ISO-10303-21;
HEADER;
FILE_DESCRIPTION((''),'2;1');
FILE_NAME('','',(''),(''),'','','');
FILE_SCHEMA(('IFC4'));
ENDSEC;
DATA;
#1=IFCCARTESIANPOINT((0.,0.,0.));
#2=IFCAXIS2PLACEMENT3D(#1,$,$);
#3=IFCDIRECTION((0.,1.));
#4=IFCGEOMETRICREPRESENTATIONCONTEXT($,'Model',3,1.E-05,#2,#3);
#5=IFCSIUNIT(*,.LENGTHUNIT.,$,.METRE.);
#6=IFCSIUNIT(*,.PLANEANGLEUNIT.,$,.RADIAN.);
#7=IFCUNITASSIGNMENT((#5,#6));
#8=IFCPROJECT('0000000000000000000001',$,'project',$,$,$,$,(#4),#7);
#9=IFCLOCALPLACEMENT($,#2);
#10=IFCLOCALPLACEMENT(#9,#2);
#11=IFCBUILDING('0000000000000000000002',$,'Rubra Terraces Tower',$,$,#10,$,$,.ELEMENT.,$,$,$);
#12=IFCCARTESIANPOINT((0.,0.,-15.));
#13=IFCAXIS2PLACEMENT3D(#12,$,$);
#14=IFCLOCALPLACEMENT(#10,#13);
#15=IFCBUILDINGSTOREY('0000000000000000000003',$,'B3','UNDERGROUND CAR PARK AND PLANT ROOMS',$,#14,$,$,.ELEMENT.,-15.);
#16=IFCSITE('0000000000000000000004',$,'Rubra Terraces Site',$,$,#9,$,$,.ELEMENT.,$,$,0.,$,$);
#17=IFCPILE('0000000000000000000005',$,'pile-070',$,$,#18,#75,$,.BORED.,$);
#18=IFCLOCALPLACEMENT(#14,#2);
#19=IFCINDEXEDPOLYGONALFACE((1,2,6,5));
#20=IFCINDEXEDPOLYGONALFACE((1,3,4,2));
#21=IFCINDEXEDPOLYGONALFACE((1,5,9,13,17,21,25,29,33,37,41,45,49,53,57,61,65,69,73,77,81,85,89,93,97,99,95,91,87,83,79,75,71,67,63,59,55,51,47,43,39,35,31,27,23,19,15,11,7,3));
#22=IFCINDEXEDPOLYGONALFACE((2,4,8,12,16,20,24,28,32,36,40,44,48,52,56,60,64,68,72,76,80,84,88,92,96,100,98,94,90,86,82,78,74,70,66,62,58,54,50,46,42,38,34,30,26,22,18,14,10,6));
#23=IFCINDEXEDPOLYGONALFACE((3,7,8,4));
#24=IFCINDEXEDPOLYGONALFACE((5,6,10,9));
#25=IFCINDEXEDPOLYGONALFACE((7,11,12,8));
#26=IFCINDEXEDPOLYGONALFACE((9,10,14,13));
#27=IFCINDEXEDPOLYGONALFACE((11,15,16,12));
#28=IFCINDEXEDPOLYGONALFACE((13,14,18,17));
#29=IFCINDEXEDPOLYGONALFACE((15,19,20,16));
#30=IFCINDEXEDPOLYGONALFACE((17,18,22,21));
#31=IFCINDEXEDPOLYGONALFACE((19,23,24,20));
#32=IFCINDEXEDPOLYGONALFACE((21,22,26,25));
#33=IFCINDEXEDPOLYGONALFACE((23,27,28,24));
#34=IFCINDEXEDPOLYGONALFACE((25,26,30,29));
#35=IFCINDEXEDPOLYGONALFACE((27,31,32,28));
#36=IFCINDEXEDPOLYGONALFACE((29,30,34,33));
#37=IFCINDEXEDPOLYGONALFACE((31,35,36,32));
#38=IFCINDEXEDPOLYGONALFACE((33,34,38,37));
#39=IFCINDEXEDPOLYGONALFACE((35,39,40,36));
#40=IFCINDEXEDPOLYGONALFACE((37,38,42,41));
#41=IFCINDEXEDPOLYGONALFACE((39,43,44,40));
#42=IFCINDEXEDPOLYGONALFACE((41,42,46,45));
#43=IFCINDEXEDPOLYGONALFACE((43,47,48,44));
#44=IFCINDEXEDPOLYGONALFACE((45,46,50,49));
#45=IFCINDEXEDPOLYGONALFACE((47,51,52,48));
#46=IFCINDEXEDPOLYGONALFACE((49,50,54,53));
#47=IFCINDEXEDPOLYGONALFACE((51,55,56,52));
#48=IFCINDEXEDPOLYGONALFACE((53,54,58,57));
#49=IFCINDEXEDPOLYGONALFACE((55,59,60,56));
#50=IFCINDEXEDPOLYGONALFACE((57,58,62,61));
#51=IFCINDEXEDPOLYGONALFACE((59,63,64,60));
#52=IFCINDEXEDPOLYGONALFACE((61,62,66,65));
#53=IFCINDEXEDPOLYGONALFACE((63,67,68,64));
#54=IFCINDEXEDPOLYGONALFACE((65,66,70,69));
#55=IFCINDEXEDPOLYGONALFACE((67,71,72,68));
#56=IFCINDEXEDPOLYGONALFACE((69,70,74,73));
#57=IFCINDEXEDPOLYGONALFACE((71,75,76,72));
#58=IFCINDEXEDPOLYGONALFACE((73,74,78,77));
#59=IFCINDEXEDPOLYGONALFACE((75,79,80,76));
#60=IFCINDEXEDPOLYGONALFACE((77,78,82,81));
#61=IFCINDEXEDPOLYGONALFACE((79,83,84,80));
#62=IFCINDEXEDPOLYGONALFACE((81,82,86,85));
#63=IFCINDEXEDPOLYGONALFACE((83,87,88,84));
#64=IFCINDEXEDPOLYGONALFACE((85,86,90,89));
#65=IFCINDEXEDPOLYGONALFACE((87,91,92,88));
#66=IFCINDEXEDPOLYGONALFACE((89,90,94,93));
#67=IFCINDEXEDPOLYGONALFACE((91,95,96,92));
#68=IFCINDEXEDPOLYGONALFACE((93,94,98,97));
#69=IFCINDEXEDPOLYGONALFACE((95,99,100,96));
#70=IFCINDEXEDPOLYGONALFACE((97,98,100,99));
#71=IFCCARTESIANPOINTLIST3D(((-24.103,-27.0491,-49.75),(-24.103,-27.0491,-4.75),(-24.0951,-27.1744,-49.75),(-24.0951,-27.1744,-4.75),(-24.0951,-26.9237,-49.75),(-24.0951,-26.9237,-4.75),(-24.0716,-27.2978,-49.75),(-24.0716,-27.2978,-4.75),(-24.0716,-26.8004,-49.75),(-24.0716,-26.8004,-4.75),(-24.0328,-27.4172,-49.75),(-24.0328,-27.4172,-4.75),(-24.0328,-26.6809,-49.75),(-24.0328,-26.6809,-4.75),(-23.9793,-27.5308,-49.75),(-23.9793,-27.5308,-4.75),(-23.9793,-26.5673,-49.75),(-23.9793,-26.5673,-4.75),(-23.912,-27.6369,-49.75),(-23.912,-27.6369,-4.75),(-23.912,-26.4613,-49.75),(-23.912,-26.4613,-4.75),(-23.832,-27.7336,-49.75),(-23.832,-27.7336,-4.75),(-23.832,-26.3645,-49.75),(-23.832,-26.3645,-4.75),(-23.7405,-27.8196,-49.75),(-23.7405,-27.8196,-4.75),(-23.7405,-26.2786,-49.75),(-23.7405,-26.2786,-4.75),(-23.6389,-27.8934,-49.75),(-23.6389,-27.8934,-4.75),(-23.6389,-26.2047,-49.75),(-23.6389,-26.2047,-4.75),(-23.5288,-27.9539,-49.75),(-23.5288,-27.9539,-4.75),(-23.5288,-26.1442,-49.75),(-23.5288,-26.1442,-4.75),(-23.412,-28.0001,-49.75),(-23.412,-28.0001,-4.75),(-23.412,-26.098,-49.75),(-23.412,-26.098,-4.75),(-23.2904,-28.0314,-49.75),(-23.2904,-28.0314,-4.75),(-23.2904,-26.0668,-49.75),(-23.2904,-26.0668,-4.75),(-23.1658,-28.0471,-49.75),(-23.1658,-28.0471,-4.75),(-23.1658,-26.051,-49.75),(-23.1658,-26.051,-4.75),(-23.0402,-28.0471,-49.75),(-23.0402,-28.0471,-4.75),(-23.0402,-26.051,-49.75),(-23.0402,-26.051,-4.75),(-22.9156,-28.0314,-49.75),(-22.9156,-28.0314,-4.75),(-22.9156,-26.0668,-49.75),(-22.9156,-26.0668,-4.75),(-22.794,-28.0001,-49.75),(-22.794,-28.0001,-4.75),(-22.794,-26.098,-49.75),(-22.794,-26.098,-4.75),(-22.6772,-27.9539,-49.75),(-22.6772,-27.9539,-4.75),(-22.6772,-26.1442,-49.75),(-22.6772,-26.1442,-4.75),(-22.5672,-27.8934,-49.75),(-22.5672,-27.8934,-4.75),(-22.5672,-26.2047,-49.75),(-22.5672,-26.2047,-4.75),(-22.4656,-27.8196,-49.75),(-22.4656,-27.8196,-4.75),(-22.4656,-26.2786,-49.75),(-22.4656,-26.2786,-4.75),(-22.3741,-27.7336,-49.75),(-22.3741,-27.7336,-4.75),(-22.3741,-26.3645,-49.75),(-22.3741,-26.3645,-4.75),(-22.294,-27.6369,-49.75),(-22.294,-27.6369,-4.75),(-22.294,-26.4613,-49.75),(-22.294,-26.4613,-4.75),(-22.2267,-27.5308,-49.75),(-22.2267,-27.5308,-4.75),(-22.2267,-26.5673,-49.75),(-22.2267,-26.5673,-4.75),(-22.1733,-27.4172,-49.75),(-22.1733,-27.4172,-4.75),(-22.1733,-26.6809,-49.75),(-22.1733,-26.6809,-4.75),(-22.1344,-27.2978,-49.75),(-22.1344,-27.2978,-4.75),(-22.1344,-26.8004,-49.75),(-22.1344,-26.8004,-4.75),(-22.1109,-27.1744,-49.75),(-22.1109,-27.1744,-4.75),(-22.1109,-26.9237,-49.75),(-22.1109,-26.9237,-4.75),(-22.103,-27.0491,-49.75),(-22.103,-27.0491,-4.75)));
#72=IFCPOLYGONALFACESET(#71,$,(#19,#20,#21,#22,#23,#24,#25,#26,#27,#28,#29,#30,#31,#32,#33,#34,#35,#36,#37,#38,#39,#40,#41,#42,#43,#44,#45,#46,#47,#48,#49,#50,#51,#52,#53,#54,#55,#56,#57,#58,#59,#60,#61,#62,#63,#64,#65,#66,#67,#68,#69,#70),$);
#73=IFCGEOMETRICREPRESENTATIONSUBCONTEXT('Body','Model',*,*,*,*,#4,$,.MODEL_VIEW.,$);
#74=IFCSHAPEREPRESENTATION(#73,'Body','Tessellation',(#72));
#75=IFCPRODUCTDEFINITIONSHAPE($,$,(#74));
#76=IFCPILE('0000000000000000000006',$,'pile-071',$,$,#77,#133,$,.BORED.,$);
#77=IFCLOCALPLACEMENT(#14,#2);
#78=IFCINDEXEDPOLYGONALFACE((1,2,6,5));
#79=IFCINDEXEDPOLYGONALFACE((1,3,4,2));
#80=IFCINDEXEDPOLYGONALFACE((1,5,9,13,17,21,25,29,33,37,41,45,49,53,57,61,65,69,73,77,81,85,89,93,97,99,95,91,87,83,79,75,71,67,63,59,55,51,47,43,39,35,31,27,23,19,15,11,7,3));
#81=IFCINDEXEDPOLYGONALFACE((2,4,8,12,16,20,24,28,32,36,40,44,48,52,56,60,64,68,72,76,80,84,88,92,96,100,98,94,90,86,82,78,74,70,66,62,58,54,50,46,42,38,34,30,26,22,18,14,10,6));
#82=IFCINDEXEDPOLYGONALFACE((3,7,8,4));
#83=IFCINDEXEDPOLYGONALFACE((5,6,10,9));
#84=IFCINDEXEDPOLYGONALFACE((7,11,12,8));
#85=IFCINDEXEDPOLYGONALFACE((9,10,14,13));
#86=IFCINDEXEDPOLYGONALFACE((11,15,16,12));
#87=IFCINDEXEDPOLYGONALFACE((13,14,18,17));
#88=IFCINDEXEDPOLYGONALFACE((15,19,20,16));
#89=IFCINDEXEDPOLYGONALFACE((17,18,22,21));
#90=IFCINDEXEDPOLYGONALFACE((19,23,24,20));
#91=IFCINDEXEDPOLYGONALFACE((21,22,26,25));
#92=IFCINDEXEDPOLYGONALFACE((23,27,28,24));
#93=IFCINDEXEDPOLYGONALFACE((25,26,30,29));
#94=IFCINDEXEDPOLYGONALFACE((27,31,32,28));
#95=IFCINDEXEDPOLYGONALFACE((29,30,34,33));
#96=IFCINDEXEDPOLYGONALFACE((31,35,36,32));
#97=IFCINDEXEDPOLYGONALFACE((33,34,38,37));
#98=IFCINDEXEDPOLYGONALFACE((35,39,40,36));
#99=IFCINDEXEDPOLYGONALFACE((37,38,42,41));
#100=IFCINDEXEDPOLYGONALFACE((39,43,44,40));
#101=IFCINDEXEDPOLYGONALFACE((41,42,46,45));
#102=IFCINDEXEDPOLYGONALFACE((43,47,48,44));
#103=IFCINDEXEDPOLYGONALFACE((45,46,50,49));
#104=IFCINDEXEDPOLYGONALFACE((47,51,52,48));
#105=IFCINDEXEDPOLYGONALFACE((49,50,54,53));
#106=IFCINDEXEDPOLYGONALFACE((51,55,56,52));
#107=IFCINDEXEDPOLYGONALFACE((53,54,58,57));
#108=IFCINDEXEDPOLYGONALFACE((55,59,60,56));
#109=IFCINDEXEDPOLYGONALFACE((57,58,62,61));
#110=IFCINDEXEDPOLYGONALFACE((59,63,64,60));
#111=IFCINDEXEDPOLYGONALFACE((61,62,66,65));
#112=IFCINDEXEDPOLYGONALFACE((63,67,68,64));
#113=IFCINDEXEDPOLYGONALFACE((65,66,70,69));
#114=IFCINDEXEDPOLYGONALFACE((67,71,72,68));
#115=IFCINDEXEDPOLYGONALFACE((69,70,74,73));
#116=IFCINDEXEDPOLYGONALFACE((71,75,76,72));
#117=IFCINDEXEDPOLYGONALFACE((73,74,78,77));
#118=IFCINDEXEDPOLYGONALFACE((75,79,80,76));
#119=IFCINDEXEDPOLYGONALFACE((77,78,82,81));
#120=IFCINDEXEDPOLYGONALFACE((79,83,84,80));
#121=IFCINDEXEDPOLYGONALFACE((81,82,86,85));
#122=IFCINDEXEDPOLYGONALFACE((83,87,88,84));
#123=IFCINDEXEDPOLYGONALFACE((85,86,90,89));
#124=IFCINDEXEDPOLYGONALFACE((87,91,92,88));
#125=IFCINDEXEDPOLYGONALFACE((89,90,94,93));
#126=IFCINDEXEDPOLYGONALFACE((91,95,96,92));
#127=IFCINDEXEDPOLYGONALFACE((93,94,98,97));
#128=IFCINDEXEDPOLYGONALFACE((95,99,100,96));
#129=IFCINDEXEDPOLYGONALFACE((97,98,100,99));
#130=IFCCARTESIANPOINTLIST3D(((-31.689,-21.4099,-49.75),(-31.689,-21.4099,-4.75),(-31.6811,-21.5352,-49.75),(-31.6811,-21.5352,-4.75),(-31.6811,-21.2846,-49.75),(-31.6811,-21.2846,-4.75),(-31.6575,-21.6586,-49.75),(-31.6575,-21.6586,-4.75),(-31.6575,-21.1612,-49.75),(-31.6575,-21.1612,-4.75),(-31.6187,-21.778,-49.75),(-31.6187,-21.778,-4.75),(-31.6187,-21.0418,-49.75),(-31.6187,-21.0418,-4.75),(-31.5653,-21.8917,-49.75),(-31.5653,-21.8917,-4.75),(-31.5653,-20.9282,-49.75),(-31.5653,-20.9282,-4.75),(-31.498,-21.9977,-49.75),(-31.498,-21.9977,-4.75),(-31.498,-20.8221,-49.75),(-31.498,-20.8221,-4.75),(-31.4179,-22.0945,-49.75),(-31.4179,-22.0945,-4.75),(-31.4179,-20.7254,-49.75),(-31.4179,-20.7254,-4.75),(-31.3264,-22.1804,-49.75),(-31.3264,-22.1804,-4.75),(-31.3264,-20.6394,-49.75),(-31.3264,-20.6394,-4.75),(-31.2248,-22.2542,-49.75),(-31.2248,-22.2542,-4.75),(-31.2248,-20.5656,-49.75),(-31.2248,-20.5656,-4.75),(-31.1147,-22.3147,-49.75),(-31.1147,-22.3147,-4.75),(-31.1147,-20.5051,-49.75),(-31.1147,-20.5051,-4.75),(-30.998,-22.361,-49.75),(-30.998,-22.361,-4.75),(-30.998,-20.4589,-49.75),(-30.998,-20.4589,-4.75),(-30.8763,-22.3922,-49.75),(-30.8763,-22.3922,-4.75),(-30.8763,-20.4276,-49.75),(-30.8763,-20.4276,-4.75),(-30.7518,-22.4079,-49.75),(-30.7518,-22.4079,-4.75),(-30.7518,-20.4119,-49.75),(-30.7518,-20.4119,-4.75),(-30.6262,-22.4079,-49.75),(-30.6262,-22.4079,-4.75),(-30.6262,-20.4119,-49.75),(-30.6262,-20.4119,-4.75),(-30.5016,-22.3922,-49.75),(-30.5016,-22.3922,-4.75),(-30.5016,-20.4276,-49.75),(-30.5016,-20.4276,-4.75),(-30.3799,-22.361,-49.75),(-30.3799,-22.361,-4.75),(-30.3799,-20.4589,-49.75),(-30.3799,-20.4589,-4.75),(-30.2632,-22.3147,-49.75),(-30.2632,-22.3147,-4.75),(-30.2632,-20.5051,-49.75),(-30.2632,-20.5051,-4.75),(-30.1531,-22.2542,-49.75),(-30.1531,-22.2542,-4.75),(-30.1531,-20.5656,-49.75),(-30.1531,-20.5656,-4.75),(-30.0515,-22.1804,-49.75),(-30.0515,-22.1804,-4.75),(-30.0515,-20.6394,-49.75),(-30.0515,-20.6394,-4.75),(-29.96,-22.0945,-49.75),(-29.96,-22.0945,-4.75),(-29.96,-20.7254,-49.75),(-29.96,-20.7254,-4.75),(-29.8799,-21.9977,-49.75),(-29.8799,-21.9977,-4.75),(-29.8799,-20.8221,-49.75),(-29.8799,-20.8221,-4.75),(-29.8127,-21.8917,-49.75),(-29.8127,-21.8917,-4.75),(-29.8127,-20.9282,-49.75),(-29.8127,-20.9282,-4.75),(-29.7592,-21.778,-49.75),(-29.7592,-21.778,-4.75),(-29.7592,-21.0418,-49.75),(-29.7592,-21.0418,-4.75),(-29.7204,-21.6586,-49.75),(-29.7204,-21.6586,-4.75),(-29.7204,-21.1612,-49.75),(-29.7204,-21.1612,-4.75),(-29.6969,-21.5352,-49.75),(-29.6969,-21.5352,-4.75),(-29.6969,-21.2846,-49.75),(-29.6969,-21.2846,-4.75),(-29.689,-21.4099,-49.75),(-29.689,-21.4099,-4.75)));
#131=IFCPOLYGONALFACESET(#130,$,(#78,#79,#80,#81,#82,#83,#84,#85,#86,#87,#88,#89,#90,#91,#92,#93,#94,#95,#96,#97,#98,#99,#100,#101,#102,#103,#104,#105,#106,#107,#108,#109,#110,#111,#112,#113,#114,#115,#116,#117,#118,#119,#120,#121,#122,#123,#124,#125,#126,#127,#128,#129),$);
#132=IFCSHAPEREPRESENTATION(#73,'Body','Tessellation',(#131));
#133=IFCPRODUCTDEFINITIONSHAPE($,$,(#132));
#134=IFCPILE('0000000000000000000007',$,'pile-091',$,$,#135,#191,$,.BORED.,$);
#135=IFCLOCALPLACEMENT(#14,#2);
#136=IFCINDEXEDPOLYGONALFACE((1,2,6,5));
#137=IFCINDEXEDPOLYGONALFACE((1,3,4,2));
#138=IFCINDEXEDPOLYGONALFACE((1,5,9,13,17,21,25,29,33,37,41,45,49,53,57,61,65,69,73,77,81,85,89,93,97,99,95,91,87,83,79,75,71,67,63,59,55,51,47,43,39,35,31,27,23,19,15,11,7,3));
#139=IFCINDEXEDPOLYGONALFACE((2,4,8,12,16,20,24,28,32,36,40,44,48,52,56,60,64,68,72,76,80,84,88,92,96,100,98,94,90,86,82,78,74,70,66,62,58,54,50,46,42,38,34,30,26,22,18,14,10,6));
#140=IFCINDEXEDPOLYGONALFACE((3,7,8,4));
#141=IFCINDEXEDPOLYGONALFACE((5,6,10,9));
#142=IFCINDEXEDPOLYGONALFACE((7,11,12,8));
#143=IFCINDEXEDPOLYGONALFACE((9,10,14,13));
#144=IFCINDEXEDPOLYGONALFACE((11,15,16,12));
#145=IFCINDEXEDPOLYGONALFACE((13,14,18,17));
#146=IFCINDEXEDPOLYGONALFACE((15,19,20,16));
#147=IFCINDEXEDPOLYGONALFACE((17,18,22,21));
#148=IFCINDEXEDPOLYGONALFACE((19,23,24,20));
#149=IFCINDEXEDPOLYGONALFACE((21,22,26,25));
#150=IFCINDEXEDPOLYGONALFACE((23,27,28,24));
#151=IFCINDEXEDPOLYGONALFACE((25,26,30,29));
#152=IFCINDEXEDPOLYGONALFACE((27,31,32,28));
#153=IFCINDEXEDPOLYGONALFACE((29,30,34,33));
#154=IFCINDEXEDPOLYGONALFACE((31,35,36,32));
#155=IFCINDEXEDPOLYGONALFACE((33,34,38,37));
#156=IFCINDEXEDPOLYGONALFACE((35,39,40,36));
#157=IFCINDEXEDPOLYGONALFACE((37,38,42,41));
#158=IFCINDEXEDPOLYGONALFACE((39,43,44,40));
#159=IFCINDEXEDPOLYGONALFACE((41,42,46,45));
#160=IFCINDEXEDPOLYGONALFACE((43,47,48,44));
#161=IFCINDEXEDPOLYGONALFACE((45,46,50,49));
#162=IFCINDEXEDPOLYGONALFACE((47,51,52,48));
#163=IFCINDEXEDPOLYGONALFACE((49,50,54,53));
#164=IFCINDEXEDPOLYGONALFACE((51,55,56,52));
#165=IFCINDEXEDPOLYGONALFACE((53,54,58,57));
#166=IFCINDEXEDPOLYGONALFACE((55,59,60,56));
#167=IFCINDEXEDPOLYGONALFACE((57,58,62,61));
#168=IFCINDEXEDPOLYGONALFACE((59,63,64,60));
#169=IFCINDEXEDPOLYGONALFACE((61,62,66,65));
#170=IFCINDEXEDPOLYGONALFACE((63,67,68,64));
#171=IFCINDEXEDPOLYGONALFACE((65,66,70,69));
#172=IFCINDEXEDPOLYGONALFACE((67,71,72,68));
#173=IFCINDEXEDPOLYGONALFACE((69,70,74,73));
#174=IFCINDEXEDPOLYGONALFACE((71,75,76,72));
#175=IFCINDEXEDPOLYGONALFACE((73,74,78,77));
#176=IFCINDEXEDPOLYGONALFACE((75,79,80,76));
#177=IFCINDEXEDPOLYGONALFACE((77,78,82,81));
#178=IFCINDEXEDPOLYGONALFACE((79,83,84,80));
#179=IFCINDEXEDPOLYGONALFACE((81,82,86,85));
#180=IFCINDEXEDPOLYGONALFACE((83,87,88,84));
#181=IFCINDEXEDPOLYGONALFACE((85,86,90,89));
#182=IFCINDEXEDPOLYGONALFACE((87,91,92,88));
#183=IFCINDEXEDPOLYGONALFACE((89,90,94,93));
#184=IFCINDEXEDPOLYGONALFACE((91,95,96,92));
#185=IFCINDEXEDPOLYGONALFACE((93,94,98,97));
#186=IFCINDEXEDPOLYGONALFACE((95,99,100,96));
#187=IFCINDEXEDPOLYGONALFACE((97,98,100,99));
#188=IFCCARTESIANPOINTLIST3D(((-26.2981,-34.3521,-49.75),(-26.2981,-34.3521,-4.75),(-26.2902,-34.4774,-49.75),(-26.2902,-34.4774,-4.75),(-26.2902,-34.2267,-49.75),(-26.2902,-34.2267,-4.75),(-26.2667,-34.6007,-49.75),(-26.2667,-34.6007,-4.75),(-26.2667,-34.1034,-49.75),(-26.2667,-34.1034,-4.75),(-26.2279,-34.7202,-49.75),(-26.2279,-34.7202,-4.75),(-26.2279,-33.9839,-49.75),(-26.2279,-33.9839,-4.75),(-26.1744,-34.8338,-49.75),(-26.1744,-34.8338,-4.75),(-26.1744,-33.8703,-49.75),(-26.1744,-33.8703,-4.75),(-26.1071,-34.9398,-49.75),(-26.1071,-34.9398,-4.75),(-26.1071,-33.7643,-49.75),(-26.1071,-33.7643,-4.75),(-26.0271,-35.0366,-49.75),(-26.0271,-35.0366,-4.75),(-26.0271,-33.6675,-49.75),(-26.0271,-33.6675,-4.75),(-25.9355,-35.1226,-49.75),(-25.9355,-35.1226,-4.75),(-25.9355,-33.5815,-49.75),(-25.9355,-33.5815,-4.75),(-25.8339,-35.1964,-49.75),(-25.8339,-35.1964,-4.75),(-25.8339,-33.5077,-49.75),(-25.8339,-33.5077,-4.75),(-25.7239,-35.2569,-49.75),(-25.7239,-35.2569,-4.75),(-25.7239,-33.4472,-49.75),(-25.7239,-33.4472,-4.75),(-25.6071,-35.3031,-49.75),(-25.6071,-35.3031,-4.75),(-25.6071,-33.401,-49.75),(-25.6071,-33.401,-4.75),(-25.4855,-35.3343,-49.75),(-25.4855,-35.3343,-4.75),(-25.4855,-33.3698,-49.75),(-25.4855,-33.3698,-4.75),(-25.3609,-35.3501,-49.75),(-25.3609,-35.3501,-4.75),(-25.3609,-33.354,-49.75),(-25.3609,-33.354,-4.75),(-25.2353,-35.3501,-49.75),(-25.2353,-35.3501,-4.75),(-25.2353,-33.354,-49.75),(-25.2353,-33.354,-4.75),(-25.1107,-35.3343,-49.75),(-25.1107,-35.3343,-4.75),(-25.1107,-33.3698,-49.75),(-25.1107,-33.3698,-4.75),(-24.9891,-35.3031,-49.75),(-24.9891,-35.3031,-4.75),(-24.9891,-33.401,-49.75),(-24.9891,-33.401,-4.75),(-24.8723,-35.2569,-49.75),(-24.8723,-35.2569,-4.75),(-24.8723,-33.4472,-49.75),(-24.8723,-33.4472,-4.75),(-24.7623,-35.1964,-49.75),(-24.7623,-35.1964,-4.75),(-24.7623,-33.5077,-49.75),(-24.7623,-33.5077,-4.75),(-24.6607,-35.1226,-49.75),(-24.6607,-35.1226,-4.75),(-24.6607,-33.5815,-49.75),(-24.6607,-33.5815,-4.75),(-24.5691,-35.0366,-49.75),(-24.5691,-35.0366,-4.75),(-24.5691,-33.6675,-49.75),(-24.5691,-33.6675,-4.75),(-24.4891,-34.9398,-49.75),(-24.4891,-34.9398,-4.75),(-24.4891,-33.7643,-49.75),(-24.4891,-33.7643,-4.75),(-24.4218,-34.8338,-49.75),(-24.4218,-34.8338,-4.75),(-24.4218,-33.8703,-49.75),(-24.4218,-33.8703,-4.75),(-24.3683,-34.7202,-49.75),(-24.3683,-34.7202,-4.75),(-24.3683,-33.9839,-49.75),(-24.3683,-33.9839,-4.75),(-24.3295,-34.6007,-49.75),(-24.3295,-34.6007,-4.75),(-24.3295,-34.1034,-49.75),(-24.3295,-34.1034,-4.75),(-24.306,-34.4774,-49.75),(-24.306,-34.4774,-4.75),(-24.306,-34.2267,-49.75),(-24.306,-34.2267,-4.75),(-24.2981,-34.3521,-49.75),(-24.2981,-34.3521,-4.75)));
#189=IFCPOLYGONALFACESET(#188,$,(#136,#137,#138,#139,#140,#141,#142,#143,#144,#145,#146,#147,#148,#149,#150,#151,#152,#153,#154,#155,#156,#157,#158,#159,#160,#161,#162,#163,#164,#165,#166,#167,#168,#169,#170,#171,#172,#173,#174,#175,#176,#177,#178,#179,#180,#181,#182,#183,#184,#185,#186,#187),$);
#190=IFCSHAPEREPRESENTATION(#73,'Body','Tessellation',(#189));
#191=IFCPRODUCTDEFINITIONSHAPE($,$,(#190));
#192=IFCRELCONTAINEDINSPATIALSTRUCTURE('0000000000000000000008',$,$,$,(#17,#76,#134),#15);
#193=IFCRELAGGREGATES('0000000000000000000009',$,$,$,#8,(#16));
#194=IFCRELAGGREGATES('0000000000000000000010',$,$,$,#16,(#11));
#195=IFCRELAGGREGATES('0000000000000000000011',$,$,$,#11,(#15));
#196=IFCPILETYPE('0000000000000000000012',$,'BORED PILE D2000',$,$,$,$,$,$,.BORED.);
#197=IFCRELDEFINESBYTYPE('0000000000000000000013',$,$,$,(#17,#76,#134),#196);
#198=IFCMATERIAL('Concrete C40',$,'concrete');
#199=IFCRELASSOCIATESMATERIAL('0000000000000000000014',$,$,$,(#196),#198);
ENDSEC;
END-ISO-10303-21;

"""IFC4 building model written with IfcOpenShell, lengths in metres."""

from ifc_helpers import new_model, si_unit, direction, frame, origin, origin_2d, place, context, subcontext, project, spatial, circle, extrude, material, material_profile, profile_set, type_object, element, save


model = new_model("IFC4")

# Units and contexts
model_context = context("Model", 3, precision=1e-05, world=origin(), true_north=direction((0.0, 1.0)))
body_context = subcontext(model_context, "Body", "Model", "MODEL_VIEW")
ifc_project = project(units=[si_unit("LENGTHUNIT", "METRE"), si_unit("PLANEANGLEUNIT", "RADIAN")], contexts=[model_context])

# Site, building, storey
site_placement = place(None, origin())
site = spatial("IfcSite", under=ifc_project, at=site_placement, Name="Rubra Terraces Site", CompositionType="ELEMENT", RefElevation=0.0)
building_placement = place(site_placement, origin())
building = spatial("IfcBuilding", under=site, at=building_placement, Name="Rubra Terraces Tower", CompositionType="ELEMENT")
storey_placement = place(building_placement, frame((0.0, 0.0, -15.0)))
storey = spatial("IfcBuildingStorey", under=building, at=storey_placement, Name="B3", Description="UNDERGROUND CAR PARK AND PLANT ROOMS", CompositionType="ELEMENT", Elevation=-15.0)

# Piles
ifc_material_1 = material(Name="Concrete C40", Category="concrete")
ifc_material_profile_1 = material_profile(ifc_material_1, circle(Radius=1.0, at=origin_2d()), Name="BORED PILE D2000")
ifc_profile_set_1 = profile_set([ifc_material_profile_1], Name="Concrete C40")
pile_type = type_object("IfcPileType", Name="BORED PILE D2000", PredefinedType="BORED", material=ifc_profile_set_1)
for number, where, z_axis, x_axis, name in (
    (1, (-23.103, -27.0491, -4.75), (0.0, 0.0, -1.0), (1.0, 0.0, 0.0), "pile-070"),
    (2, (-30.689, -21.4099, -4.75), (0.0, 0.0, -1.0), (1.0, 0.0, 0.0), "pile-071"),
    (3, (-25.2981, -34.3521, -4.75), (0.0, 0.0, -1.0), (1.0, 0.0, 0.0), "pile-091"),
):
    element("IfcPile", number, at=place(storey_placement, frame(where, z_axis=z_axis, x_axis=x_axis)), inside=storey, type_object=pile_type, Name=name, PredefinedType="BORED", context=body_context, shape_type="SweptSolid", body=[
        extrude(circle(Radius=1.0, at=origin_2d()), origin(), (0.0, 0.0, 1.0), 45.0),
    ])

save(model, "model.ifc")
